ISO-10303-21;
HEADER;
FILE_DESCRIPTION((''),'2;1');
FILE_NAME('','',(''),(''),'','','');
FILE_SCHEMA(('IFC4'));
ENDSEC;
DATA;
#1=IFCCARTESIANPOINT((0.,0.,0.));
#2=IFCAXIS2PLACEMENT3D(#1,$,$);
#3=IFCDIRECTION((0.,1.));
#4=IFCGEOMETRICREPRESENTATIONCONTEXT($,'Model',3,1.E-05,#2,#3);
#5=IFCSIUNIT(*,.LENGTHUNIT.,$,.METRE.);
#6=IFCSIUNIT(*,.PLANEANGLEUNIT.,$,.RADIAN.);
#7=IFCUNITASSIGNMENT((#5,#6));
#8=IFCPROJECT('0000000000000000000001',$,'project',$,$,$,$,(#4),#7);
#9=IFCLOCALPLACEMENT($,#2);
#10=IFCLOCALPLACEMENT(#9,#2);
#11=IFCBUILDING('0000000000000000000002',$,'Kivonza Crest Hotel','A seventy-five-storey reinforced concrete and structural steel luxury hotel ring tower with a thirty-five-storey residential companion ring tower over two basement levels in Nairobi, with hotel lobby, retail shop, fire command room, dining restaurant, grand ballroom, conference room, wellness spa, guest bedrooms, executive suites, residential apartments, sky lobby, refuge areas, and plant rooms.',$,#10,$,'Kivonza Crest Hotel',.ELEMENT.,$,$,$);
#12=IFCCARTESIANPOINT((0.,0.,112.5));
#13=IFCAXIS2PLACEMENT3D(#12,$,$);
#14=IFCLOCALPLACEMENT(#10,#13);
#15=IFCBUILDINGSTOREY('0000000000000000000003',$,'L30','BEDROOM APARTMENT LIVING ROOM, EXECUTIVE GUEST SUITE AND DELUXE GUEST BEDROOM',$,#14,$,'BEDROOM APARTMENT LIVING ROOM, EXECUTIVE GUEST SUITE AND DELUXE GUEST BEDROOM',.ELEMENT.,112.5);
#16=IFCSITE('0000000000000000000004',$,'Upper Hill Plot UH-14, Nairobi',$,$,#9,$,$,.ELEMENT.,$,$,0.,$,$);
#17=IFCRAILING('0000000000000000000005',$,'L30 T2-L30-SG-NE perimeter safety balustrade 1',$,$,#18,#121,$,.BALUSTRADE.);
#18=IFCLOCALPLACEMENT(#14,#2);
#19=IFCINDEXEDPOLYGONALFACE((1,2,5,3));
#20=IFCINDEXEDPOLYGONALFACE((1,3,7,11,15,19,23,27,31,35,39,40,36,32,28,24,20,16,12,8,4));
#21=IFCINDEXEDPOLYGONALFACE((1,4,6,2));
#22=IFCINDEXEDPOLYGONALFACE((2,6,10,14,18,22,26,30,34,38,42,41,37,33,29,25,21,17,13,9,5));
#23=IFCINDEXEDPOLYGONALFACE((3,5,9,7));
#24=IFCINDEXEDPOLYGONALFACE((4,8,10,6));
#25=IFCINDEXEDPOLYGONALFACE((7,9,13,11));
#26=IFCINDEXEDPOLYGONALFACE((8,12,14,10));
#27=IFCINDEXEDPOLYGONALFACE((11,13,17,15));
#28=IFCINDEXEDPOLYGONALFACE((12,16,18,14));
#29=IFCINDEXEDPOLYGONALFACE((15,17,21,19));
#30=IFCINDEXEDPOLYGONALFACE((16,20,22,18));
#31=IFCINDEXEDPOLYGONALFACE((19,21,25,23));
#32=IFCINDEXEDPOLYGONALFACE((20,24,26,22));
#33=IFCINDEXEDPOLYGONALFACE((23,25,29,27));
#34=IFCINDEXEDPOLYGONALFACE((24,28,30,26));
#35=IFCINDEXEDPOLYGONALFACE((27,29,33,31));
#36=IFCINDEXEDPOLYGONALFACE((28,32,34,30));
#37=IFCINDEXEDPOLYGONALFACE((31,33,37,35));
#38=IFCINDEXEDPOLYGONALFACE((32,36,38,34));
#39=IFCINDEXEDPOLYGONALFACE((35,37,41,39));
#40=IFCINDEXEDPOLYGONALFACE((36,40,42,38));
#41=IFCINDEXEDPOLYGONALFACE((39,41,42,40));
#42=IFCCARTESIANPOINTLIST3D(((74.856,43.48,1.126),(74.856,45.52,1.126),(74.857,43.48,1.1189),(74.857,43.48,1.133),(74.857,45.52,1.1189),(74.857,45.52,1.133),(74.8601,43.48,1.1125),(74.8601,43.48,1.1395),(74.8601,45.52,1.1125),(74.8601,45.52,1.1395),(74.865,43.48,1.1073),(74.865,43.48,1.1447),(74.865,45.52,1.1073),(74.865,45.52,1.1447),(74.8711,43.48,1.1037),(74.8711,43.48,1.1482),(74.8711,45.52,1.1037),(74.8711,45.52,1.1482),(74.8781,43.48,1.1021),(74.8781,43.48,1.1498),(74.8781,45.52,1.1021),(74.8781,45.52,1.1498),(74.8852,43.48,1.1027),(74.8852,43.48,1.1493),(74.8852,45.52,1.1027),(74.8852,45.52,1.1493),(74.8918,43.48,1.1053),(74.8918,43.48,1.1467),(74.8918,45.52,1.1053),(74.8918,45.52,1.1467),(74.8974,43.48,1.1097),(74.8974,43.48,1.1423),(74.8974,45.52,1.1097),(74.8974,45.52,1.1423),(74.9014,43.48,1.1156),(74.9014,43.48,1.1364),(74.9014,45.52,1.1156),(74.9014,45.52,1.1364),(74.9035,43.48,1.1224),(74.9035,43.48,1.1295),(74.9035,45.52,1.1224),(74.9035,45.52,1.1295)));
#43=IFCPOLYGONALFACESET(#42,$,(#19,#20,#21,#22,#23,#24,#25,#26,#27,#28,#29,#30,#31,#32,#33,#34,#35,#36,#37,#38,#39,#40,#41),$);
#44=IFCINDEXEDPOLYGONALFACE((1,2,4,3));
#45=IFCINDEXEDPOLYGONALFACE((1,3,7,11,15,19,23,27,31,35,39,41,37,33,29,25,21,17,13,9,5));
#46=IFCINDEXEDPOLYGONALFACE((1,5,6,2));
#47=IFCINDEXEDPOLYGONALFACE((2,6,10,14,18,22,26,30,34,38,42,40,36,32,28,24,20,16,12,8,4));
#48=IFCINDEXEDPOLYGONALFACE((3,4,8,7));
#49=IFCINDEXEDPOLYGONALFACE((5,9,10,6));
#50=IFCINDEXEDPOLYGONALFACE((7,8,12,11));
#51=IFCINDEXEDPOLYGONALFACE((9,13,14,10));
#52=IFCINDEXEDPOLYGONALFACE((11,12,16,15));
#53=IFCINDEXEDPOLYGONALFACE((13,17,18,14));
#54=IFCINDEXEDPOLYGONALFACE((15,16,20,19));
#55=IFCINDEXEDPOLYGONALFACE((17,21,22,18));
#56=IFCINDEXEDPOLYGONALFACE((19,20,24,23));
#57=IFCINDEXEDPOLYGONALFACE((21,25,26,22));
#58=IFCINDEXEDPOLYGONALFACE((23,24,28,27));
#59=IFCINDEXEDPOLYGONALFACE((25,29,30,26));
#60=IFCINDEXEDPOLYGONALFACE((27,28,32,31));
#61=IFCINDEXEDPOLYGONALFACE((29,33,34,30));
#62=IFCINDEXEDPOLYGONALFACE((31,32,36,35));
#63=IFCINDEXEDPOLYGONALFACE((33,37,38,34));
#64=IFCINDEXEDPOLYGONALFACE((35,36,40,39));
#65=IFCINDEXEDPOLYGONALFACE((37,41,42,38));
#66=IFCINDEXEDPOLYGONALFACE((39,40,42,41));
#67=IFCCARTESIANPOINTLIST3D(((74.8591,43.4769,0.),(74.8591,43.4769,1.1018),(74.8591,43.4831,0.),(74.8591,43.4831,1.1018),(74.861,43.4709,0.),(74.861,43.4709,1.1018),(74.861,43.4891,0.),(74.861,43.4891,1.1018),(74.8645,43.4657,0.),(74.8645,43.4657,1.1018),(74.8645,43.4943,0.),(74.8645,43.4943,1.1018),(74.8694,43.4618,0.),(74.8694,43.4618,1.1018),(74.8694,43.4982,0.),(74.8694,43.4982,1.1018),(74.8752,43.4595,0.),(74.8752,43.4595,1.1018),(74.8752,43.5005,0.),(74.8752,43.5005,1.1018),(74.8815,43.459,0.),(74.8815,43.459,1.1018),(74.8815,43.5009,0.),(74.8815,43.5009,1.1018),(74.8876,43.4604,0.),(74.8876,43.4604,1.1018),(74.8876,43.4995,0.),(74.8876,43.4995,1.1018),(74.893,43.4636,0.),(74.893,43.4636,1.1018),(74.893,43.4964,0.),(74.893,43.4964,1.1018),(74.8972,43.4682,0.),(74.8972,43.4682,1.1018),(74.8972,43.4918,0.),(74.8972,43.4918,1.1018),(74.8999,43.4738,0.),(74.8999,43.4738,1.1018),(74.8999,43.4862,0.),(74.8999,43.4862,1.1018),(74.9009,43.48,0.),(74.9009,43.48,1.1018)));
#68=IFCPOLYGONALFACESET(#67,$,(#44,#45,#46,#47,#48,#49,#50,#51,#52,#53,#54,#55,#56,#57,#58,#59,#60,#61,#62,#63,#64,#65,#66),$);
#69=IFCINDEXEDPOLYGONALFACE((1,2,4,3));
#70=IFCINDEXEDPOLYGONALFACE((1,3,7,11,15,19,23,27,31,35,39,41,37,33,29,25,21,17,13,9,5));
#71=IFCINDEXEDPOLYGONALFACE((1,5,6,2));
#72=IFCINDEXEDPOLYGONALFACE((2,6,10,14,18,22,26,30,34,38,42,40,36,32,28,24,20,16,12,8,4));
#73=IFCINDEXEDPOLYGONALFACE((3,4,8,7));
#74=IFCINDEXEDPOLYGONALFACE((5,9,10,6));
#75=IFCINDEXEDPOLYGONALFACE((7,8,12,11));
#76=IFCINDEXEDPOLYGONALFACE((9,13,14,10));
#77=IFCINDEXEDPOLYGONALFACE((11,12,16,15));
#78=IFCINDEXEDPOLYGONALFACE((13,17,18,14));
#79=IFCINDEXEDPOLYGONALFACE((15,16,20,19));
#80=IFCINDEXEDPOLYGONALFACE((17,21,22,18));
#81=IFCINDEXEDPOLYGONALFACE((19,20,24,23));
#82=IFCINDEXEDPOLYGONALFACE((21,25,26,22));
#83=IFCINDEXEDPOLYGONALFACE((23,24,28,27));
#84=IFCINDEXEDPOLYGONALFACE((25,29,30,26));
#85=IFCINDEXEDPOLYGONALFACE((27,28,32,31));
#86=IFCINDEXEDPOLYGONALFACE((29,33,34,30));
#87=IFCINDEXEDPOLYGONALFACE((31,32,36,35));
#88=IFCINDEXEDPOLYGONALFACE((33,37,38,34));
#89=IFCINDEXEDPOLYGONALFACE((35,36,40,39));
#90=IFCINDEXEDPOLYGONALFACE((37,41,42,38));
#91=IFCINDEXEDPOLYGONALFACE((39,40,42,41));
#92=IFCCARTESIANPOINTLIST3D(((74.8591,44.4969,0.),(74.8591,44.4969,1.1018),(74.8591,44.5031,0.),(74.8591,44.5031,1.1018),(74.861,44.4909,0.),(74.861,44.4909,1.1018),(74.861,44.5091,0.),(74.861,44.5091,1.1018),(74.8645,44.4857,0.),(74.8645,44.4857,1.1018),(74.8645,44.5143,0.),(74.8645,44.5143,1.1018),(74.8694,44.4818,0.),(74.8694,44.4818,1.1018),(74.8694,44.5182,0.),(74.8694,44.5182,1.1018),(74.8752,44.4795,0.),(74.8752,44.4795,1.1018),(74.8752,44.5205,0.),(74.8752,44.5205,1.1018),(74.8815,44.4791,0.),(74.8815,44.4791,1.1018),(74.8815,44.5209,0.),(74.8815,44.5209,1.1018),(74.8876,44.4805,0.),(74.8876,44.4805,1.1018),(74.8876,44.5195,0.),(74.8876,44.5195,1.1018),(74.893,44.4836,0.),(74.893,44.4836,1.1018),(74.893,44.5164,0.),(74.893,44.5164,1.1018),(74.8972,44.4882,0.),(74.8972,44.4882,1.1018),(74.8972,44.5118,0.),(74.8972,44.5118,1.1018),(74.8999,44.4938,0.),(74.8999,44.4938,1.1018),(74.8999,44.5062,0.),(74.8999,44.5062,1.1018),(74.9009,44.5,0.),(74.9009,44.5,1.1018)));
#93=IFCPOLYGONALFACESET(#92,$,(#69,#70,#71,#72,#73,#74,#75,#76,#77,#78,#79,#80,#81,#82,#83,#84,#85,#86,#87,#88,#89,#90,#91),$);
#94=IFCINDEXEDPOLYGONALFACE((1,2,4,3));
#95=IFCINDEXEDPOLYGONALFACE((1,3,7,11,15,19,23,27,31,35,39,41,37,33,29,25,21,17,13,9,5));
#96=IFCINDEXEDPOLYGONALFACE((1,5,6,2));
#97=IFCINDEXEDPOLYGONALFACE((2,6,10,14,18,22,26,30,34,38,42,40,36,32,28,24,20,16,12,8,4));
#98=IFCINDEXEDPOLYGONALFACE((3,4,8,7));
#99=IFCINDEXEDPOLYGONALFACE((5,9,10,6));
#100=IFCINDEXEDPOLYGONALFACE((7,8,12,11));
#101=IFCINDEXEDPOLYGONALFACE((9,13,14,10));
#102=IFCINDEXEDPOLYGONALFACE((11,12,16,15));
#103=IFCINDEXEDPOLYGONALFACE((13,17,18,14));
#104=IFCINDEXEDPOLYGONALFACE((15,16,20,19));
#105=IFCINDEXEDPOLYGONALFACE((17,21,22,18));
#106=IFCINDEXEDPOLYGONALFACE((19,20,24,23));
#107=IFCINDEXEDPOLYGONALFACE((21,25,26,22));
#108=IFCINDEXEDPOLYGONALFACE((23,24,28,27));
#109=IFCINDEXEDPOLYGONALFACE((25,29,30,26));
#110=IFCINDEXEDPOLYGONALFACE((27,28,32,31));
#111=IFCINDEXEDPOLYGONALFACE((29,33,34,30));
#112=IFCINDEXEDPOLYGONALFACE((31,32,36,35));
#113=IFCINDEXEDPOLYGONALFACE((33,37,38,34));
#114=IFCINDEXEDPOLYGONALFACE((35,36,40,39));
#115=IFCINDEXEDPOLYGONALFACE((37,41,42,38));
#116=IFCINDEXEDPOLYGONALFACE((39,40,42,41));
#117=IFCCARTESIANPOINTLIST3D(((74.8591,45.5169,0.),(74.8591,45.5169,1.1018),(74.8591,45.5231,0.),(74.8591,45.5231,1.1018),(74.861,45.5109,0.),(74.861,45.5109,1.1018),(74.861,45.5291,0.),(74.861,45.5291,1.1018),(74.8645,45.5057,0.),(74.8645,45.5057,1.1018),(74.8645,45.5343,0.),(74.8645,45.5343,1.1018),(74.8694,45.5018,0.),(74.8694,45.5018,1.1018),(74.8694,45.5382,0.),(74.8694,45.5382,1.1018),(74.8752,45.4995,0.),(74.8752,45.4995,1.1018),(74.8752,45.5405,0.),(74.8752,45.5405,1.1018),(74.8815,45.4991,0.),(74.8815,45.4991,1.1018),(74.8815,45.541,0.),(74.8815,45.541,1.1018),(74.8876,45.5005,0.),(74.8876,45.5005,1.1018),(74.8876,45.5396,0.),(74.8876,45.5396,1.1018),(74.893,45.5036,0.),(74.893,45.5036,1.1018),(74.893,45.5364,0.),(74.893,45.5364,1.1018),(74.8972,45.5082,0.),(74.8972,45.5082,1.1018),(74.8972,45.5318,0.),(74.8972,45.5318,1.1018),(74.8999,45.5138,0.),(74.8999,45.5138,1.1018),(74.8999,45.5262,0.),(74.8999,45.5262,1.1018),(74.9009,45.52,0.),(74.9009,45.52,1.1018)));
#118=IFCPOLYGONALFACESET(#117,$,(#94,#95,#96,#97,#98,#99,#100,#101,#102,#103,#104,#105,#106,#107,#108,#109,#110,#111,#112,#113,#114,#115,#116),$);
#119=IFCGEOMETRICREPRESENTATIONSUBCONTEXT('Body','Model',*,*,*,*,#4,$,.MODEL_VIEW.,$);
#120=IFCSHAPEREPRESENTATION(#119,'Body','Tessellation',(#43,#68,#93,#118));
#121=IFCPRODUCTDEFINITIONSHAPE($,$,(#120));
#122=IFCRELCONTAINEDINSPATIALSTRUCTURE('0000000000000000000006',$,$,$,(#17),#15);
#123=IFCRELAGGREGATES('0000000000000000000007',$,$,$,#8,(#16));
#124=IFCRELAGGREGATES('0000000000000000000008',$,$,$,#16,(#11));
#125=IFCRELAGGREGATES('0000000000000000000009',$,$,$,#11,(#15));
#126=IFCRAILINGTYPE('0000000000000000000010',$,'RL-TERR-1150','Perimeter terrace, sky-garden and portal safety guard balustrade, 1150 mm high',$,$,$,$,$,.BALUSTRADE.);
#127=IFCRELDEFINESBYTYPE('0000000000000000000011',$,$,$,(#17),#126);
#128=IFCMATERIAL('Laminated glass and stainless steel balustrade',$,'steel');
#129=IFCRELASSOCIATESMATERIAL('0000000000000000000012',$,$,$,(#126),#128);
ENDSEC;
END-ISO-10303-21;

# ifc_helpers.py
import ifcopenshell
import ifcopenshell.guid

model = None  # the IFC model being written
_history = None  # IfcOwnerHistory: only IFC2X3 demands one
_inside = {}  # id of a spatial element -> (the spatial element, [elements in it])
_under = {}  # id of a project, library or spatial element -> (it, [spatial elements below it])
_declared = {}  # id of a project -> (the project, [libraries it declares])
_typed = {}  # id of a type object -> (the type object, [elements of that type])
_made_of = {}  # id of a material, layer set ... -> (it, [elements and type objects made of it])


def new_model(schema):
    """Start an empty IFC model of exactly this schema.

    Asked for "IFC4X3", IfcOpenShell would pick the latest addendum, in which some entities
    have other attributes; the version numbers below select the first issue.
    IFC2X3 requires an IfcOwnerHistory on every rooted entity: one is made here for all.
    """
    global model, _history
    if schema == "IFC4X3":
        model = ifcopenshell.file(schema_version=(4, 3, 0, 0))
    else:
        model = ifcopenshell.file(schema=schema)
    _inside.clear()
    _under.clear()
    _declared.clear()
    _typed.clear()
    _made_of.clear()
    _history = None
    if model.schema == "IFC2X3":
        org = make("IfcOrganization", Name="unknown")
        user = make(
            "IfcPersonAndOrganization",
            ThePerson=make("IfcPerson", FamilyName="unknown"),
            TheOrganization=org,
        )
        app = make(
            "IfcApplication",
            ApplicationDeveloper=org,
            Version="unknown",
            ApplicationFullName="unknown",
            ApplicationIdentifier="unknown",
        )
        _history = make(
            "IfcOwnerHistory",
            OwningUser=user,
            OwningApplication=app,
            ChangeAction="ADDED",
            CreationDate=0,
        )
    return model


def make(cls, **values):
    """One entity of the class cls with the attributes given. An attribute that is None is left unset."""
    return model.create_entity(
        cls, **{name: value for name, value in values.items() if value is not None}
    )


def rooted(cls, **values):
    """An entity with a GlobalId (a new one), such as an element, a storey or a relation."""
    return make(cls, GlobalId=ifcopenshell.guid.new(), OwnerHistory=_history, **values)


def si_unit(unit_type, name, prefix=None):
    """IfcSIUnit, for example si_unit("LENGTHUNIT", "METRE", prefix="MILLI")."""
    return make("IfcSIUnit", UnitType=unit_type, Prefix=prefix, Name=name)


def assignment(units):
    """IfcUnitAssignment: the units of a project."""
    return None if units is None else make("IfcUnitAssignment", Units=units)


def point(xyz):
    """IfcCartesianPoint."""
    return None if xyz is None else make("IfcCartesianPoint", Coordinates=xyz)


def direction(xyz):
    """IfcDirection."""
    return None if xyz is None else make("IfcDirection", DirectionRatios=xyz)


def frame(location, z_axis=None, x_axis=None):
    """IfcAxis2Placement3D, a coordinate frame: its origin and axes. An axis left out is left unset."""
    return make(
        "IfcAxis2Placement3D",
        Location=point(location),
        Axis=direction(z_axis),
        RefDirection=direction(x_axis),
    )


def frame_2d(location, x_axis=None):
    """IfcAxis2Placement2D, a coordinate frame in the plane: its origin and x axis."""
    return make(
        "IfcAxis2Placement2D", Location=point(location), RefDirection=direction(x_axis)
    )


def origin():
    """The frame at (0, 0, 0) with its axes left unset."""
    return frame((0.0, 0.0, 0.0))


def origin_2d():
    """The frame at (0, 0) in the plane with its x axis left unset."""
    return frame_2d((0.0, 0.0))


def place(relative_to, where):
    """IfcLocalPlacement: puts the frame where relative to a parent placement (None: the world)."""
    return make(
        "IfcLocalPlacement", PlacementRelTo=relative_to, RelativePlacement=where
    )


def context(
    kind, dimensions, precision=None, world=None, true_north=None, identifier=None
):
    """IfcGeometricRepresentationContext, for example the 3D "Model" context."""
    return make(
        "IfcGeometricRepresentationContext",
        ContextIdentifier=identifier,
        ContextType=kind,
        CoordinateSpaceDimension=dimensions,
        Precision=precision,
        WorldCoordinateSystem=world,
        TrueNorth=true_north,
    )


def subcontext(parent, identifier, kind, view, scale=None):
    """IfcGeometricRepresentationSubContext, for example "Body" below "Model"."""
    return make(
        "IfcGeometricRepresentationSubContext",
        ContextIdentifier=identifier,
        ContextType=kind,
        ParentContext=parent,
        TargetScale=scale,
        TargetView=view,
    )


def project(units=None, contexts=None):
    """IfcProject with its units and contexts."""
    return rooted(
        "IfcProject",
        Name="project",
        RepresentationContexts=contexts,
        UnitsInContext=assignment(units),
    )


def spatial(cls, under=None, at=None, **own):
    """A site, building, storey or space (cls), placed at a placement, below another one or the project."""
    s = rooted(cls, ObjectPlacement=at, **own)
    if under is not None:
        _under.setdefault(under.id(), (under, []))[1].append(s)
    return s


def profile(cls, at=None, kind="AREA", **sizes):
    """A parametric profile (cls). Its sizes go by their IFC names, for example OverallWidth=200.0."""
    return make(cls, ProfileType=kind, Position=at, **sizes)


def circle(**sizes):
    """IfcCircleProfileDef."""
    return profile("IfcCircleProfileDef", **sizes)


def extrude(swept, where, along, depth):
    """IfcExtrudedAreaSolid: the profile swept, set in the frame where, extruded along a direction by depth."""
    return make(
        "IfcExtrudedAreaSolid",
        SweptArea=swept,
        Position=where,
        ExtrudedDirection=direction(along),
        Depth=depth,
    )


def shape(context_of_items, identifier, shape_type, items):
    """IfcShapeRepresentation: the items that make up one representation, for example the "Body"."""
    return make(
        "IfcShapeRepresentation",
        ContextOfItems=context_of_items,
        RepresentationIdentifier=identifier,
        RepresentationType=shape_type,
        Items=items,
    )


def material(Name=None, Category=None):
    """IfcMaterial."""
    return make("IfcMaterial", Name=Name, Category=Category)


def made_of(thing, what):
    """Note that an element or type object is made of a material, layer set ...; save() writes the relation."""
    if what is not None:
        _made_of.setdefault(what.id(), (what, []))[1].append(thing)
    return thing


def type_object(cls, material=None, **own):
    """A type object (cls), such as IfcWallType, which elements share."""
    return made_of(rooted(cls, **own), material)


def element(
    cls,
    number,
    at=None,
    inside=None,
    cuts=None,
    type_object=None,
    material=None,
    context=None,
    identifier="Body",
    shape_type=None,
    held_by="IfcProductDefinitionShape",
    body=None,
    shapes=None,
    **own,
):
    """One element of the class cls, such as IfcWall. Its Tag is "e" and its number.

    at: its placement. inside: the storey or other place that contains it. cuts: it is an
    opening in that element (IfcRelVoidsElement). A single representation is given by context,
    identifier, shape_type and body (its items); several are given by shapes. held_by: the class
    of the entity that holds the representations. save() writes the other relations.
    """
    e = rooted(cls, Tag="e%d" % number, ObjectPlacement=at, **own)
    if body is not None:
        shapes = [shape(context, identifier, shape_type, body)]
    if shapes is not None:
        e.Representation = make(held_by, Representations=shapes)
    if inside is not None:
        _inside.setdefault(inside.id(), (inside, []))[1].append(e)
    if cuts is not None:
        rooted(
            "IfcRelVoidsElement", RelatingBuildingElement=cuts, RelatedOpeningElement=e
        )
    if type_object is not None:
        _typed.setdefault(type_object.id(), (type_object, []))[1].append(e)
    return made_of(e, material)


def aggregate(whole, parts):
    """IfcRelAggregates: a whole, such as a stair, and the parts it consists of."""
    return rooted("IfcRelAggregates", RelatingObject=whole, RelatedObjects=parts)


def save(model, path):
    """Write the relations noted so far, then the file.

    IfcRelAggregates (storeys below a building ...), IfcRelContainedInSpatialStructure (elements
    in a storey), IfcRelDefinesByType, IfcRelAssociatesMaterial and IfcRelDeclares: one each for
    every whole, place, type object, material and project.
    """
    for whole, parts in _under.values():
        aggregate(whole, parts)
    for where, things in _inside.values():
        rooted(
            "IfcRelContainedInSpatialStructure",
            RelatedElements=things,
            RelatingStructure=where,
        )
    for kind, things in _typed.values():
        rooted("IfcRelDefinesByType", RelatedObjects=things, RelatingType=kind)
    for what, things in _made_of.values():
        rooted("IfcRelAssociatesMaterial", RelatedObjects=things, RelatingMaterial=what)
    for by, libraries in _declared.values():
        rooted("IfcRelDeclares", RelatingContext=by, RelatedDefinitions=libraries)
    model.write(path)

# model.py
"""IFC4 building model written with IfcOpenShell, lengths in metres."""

from ifc_helpers import new_model, si_unit, direction, frame, origin, origin_2d, place, context, subcontext, project, spatial, circle, extrude, material, type_object, element, save


model = new_model("IFC4")

# Units and contexts
model_context = context("Model", 3, precision=1e-05, world=origin(), true_north=direction((0.0, 1.0)))
body_context = subcontext(model_context, "Body", "Model", "MODEL_VIEW")
ifc_project = project(units=[si_unit("LENGTHUNIT", "METRE"), si_unit("PLANEANGLEUNIT", "RADIAN")], contexts=[model_context])

# Site, building, storey
site_placement = place(None, origin())
site = spatial("IfcSite", under=ifc_project, at=site_placement, Name="Upper Hill Plot UH-14, Nairobi", CompositionType="ELEMENT", RefElevation=0.0)
building_placement = place(site_placement, origin())
building = spatial("IfcBuilding", under=site, at=building_placement, Name="Kivonza Crest Hotel", Description="A seventy-five-storey reinforced concrete and structural steel luxury hotel ring tower with a thirty-five-storey residential companion ring tower over two basement levels in Nairobi, with hotel lobby, retail shop, fire command room, dining restaurant, grand ballroom, conference room, wellness spa, guest bedrooms, executive suites, residential apartments, sky lobby, refuge areas, and plant rooms.", LongName="Kivonza Crest Hotel", CompositionType="ELEMENT")
storey_placement = place(building_placement, frame((0.0, 0.0, 112.5)))
storey = spatial("IfcBuildingStorey", under=building, at=storey_placement, Name="L30", Description="BEDROOM APARTMENT LIVING ROOM, EXECUTIVE GUEST SUITE AND DELUXE GUEST BEDROOM", LongName="BEDROOM APARTMENT LIVING ROOM, EXECUTIVE GUEST SUITE AND DELUXE GUEST BEDROOM", CompositionType="ELEMENT", Elevation=112.5)

# Railing
ifc_material_1 = material(Name="Laminated glass and stainless steel balustrade", Category="steel")
railing_type_1 = type_object("IfcRailingType", Name="RL-TERR-1150", Description="Perimeter terrace, sky-garden and portal safety guard balustrade, 1150 mm high", PredefinedType="BALUSTRADE", material=ifc_material_1)
railing_1_placement = place(storey_placement, frame((74.8799, 43.48, 0.0)))
element("IfcRailing", 1, at=railing_1_placement, inside=storey, type_object=railing_type_1, Name="L30 T2-L30-SG-NE perimeter safety balustrade 1", PredefinedType="BALUSTRADE", context=body_context, shape_type="SweptSolid", body=[
    extrude(circle(Radius=0.0239, at=origin_2d()), frame((0.0, 0.0, 1.126), z_axis=(0.0, 1.0, 0.0), x_axis=(-1.0, 0.0, 0.0)), (0.0, 0.0, 1.0), 2.04),
    extrude(circle(Radius=0.021, at=origin_2d()), origin(), (0.0, 0.0, 1.0), 1.1018),
    extrude(circle(Radius=0.021, at=origin_2d()), frame((0.0, 1.02, 0.0)), (0.0, 0.0, 1.0), 1.1018),
    extrude(circle(Radius=0.021, at=origin_2d()), frame((0.0, 2.04, 0.0)), (0.0, 0.0, 1.0), 1.1018),
])

save(model, "model.ifc")
